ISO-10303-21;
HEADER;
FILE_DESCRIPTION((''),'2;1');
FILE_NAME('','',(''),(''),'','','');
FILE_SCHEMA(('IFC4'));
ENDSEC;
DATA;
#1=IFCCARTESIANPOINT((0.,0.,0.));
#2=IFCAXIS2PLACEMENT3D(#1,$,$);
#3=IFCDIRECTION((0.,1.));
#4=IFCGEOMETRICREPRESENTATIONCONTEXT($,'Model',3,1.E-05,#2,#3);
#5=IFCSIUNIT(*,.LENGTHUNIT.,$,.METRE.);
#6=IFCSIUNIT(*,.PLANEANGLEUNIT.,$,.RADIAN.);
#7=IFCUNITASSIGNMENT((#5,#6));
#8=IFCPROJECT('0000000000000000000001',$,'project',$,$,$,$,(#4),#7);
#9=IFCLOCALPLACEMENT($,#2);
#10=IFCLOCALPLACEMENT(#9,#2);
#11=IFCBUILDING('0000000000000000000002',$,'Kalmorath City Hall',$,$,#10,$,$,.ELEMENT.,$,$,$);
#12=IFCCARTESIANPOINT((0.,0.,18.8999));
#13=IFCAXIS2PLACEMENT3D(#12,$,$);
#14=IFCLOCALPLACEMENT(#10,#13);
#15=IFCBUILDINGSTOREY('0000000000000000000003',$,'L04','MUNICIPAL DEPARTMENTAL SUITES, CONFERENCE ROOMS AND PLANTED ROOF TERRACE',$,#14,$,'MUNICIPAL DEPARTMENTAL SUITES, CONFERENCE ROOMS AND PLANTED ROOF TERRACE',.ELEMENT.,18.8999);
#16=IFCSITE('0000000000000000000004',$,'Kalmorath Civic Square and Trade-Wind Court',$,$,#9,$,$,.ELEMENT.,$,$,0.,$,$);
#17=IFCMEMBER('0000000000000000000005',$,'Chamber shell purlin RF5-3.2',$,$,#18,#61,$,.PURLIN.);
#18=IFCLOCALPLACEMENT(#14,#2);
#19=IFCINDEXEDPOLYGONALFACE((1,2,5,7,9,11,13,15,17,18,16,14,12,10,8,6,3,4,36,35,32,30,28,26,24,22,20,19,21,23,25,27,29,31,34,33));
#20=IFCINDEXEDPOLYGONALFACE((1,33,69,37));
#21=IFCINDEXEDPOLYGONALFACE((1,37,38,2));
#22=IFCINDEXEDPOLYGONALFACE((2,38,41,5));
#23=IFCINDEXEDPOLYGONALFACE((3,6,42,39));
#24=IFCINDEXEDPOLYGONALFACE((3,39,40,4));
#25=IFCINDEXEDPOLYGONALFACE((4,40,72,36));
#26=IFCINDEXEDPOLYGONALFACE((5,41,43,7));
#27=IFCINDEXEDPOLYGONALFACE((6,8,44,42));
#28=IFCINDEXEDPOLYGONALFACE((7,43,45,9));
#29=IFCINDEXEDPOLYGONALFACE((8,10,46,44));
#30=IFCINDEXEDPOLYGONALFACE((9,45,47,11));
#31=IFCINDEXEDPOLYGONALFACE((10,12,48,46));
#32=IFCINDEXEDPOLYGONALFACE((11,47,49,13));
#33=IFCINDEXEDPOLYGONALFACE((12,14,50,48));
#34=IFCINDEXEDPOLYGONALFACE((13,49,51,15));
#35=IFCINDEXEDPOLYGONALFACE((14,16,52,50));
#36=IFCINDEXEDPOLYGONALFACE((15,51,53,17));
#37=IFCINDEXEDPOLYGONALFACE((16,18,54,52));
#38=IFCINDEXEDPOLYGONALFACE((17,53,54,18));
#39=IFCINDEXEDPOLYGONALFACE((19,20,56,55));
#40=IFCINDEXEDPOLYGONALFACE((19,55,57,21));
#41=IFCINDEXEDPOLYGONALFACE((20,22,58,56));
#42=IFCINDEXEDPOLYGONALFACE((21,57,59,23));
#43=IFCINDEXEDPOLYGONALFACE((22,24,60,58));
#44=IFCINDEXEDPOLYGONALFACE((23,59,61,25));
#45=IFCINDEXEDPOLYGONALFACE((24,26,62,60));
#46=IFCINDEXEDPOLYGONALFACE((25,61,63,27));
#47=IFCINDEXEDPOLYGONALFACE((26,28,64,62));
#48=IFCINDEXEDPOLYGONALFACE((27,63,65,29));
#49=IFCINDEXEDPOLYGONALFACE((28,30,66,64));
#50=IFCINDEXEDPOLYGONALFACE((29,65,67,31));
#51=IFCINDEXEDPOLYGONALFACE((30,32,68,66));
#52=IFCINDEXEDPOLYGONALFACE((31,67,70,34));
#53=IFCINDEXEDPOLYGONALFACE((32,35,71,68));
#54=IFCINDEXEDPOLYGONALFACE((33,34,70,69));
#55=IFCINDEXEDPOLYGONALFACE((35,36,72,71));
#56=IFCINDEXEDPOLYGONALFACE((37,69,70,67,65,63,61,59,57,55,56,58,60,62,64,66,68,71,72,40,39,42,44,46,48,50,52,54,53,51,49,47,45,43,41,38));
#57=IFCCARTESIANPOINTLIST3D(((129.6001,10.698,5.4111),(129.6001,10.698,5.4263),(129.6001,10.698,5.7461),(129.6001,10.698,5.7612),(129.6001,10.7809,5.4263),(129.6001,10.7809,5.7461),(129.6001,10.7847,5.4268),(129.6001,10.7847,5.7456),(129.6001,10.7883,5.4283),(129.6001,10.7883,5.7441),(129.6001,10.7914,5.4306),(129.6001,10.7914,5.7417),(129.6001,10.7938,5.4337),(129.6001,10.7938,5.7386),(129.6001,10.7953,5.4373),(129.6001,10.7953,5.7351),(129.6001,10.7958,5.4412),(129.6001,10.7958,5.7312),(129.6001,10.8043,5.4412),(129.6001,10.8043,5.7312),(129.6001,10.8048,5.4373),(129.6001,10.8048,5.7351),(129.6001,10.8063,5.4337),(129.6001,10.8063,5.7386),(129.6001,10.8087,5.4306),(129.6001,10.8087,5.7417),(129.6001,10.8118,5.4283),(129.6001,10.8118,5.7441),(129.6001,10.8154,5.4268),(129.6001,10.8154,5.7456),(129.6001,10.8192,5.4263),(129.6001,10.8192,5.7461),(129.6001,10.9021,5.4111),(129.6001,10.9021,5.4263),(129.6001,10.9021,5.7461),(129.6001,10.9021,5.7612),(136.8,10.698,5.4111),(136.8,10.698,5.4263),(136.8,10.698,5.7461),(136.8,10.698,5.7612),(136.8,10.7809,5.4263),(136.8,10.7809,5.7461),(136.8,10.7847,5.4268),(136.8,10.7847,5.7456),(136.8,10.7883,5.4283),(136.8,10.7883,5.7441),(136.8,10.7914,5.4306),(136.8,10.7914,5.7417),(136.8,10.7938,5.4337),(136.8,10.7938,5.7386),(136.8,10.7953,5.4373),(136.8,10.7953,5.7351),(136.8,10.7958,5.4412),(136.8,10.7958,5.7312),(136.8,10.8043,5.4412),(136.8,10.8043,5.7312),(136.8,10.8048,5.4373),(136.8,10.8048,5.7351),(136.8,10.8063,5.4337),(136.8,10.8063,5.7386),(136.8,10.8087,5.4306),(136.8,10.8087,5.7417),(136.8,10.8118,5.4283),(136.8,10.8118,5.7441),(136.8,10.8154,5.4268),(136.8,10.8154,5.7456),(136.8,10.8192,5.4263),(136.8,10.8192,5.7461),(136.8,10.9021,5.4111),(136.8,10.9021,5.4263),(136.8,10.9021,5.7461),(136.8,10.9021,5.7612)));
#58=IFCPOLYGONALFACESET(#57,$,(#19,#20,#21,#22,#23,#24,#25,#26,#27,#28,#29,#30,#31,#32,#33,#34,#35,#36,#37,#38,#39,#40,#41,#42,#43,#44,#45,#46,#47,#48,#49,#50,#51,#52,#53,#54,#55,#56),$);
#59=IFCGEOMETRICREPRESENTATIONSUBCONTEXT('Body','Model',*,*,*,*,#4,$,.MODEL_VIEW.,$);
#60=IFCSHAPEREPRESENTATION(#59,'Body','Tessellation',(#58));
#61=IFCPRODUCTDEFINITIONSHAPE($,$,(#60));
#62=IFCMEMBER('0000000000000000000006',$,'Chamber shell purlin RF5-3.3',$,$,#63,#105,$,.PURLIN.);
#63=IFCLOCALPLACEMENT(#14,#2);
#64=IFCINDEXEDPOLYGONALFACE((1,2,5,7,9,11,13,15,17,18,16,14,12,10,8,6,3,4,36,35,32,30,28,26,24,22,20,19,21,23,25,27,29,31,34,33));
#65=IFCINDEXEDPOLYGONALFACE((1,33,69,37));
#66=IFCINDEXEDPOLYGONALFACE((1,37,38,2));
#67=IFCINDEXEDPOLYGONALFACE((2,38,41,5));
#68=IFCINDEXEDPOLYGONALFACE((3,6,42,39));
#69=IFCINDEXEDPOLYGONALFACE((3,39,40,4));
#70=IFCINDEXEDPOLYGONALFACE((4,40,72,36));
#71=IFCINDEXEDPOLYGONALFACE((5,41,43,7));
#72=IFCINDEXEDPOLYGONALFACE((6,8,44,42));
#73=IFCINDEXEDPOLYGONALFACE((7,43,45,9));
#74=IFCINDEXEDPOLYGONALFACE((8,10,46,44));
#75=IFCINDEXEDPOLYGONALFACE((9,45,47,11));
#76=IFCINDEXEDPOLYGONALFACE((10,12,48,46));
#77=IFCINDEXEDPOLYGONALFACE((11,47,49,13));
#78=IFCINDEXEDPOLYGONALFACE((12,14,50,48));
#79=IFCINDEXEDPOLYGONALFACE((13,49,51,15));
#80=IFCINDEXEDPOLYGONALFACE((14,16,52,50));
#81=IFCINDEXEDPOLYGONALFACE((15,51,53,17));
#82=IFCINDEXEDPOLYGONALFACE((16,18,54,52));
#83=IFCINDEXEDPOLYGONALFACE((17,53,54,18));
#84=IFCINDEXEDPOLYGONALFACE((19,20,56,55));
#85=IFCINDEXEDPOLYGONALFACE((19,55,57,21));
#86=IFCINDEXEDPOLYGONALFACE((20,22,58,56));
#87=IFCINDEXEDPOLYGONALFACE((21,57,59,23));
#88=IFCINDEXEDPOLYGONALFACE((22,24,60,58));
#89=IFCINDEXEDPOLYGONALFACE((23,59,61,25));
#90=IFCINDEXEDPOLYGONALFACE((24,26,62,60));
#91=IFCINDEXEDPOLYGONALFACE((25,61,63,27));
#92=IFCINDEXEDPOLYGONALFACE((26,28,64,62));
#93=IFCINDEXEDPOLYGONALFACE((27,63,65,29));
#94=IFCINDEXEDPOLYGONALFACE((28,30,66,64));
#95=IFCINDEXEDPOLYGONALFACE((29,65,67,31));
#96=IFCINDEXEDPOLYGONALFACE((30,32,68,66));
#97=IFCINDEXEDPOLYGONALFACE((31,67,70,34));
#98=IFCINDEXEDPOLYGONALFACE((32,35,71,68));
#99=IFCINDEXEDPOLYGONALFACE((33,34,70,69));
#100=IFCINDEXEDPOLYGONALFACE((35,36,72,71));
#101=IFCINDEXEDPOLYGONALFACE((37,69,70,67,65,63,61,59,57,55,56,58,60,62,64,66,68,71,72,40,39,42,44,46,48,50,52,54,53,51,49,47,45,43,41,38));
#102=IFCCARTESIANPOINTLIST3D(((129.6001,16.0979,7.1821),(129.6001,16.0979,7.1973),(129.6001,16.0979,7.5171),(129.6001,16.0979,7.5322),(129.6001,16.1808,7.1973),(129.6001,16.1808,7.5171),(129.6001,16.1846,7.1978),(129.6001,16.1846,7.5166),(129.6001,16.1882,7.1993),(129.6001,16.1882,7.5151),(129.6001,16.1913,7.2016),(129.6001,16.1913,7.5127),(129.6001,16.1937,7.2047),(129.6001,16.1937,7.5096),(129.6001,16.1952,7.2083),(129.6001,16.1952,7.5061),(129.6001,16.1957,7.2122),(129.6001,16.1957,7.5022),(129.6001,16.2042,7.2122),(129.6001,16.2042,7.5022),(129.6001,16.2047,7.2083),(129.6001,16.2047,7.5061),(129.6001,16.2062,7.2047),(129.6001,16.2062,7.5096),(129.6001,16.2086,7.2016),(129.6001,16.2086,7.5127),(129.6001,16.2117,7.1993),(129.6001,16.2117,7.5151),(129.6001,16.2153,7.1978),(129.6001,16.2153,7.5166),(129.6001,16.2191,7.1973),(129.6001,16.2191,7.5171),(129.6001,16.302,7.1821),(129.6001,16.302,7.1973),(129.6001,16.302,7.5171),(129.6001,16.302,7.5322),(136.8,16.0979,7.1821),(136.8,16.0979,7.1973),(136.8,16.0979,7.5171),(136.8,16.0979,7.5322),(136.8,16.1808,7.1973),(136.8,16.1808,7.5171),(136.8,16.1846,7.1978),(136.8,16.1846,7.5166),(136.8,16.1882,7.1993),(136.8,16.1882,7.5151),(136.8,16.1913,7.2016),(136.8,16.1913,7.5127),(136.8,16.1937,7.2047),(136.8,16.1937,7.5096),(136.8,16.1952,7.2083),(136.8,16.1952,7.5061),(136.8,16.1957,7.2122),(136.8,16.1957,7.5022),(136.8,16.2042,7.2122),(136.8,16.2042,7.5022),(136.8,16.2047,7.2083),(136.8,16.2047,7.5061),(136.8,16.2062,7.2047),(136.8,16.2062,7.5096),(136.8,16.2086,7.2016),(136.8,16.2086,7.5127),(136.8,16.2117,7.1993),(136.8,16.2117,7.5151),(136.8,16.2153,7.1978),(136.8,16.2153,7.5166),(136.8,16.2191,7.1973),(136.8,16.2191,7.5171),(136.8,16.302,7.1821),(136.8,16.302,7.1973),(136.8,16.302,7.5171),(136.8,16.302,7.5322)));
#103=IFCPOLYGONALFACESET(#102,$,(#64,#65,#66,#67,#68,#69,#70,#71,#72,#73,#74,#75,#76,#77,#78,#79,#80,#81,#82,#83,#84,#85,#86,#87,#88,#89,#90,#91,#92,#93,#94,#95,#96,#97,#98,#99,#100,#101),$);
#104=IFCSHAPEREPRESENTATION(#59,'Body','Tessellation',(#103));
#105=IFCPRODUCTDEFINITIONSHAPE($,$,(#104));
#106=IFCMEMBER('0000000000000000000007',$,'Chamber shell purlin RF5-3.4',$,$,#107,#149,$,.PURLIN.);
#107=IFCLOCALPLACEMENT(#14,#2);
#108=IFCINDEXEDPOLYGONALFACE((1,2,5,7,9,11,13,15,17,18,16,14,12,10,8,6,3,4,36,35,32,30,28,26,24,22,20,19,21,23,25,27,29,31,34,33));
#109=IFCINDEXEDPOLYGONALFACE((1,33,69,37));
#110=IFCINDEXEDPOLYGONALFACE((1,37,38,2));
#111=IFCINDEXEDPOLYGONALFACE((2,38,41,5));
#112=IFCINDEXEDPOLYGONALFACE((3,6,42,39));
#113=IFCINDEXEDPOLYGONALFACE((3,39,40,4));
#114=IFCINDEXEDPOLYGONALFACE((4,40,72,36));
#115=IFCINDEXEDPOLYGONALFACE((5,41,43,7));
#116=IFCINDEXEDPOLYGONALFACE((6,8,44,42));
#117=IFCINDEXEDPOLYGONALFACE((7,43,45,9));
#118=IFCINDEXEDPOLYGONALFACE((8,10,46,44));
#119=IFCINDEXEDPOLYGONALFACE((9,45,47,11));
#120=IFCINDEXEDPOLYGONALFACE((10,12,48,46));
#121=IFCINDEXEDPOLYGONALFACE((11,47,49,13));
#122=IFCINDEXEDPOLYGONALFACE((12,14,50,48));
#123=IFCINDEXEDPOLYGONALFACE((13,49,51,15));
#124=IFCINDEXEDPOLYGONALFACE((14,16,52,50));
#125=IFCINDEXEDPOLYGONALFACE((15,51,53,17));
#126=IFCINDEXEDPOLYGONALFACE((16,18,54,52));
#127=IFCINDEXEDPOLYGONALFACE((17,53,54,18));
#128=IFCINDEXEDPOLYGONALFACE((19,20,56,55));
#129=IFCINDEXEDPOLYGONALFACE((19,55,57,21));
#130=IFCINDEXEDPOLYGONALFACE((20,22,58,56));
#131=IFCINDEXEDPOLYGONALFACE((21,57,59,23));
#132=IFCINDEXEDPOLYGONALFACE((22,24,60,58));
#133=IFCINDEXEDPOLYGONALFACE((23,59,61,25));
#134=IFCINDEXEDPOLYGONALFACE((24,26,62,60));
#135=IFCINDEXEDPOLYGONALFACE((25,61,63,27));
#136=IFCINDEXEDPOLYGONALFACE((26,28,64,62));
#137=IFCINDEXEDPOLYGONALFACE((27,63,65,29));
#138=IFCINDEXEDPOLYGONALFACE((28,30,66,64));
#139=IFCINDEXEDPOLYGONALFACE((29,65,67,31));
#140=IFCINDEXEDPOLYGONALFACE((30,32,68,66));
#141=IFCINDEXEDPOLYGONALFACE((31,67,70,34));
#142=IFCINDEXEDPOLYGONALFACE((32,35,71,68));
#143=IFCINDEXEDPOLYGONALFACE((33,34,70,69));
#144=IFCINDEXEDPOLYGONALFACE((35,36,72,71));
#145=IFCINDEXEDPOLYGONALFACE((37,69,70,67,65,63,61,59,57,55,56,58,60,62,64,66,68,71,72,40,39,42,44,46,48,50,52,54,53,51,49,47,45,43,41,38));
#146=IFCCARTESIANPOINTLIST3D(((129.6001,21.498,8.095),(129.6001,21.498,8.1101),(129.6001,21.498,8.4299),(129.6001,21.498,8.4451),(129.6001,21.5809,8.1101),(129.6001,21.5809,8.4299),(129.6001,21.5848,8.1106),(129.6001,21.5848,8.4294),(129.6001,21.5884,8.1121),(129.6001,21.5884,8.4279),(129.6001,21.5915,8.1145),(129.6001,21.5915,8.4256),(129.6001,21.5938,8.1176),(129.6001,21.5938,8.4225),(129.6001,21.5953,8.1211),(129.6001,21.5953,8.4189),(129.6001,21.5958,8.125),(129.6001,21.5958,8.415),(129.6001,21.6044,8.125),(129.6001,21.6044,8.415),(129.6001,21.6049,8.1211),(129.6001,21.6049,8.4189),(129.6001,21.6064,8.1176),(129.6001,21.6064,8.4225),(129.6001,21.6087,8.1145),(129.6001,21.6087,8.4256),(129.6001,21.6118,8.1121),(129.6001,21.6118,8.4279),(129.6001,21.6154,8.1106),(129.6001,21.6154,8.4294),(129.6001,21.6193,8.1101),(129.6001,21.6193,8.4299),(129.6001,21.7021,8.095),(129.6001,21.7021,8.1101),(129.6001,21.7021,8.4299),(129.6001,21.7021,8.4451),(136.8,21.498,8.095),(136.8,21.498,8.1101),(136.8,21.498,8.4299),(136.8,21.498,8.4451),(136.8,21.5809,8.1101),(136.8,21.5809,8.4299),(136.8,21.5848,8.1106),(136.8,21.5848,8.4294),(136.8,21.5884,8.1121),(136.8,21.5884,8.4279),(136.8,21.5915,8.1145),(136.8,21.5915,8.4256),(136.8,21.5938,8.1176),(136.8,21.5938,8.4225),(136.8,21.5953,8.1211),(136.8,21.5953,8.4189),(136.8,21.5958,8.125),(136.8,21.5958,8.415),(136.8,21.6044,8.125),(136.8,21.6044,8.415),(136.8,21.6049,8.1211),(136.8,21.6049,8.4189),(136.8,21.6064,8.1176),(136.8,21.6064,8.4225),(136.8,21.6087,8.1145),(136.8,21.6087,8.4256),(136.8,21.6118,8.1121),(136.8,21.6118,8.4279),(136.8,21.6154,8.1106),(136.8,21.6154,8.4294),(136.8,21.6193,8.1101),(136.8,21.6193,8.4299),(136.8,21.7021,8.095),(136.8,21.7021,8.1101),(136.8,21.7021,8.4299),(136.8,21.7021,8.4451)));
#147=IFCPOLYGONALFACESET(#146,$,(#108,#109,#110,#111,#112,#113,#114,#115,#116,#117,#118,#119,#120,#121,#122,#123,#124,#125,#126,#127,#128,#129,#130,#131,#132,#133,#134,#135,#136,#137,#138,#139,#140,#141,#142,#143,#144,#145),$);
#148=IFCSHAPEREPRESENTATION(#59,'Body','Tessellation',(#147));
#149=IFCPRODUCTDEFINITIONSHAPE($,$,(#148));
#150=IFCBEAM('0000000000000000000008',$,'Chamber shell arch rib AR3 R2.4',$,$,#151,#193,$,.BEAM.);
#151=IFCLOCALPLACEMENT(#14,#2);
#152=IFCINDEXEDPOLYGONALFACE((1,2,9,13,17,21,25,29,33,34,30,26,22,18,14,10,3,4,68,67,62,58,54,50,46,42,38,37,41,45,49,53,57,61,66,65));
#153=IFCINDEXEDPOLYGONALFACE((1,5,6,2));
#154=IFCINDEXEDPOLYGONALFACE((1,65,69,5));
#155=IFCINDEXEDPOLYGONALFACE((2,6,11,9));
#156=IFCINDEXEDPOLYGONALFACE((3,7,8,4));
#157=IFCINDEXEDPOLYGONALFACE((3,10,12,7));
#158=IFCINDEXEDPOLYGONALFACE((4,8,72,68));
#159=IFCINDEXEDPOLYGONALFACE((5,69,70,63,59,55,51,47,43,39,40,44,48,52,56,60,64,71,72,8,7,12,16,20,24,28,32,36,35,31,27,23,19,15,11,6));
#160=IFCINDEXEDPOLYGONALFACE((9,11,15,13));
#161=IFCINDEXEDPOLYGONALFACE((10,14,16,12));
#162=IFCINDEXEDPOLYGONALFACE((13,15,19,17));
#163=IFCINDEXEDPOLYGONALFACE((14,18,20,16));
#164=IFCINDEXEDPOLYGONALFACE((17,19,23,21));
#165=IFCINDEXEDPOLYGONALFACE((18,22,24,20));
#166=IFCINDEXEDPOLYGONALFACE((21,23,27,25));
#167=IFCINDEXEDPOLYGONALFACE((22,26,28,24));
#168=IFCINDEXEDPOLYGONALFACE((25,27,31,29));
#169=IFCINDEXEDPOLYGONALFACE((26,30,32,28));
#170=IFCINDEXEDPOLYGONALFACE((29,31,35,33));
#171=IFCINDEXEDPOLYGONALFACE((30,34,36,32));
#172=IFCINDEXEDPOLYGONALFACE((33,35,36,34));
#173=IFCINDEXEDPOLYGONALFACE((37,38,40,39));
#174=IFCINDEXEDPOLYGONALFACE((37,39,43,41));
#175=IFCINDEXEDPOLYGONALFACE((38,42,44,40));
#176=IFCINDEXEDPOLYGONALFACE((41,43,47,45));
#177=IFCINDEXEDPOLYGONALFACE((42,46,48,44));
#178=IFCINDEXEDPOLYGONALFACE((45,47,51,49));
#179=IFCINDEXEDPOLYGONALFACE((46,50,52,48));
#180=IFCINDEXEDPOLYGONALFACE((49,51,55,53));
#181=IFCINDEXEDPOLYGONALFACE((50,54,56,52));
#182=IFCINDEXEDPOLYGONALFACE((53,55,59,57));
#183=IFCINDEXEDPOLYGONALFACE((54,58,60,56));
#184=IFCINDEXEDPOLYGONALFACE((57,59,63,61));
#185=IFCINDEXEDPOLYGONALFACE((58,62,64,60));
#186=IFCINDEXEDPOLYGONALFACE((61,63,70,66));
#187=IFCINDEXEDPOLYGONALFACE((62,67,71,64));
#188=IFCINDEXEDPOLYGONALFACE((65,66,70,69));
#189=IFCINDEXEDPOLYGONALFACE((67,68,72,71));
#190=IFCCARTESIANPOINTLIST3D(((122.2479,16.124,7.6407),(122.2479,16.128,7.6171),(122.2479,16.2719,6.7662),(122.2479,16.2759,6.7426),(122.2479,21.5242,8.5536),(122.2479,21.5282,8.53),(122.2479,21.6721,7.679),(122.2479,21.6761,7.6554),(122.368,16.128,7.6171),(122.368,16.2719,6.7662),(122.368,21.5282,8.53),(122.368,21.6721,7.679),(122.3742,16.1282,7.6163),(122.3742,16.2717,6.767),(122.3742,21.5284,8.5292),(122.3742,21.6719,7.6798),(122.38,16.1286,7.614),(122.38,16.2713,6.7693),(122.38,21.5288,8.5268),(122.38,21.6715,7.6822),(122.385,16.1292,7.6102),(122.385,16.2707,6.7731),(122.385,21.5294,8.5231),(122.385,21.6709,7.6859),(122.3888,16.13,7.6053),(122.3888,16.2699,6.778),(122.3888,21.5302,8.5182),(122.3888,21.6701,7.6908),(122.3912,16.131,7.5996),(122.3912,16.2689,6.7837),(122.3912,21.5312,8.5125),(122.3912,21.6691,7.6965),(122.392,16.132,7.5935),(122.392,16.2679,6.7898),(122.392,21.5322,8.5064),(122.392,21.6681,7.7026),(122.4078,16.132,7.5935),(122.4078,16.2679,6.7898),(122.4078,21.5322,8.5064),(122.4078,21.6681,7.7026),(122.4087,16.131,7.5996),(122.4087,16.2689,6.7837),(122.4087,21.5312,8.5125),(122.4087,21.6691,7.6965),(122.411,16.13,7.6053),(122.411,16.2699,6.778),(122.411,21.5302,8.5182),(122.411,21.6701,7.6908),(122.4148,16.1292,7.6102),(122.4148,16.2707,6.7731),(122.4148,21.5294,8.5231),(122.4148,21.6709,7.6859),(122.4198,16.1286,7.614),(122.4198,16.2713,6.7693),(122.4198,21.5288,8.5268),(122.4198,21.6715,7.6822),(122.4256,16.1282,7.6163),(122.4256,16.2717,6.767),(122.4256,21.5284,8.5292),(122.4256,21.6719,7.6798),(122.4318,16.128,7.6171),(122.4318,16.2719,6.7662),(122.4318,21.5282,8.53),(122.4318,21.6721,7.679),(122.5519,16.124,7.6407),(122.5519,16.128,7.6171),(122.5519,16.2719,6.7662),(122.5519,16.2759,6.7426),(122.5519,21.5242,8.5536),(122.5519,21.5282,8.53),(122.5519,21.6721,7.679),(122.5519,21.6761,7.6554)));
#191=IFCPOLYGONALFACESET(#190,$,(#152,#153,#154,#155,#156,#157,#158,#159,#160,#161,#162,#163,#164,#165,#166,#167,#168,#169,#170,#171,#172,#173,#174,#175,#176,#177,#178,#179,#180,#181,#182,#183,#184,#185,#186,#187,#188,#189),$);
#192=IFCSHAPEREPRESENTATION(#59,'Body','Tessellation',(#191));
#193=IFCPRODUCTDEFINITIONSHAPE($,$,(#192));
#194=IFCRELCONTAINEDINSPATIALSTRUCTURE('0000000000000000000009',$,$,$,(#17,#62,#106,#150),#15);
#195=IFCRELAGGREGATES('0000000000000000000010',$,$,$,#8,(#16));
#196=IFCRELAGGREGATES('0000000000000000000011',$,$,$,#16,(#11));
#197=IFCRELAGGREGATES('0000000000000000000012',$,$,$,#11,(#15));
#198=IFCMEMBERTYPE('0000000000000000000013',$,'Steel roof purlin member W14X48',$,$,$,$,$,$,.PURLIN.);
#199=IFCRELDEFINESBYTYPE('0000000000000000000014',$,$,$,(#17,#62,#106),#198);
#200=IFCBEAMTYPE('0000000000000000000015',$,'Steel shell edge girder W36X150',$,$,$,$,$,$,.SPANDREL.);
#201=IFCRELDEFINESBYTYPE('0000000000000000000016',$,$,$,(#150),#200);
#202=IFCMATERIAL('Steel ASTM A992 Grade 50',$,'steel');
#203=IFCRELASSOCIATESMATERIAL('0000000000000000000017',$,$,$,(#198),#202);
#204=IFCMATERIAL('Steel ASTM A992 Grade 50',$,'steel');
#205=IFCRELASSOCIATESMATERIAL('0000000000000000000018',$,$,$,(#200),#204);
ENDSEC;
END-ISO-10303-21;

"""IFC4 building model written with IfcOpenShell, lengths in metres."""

from ifc_helpers import new_model, si_unit, direction, frame, origin, origin_2d, place, context, subcontext, project, spatial, i_section, extrude, material, material_profile, profile_set, type_object, element, save


model = new_model("IFC4")

# Units and contexts
model_context = context("Model", 3, precision=1e-05, world=origin(), true_north=direction((0.0, 1.0)))
body_context = subcontext(model_context, "Body", "Model", "MODEL_VIEW")
ifc_project = project(units=[si_unit("LENGTHUNIT", "METRE"), si_unit("PLANEANGLEUNIT", "RADIAN")], contexts=[model_context])

# Site, building, storey
site_placement = place(None, origin())
site = spatial("IfcSite", under=ifc_project, at=site_placement, Name="Kalmorath Civic Square and Trade-Wind Court", CompositionType="ELEMENT", RefElevation=0.0)
building_placement = place(site_placement, origin())
building = spatial("IfcBuilding", under=site, at=building_placement, Name="Kalmorath City Hall", CompositionType="ELEMENT")
storey_placement = place(building_placement, frame((0.0, 0.0, 18.8999)))
storey = spatial("IfcBuildingStorey", under=building, at=storey_placement, Name="L04", Description="MUNICIPAL DEPARTMENTAL SUITES, CONFERENCE ROOMS AND PLANTED ROOF TERRACE", LongName="MUNICIPAL DEPARTMENTAL SUITES, CONFERENCE ROOMS AND PLANTED ROOF TERRACE", CompositionType="ELEMENT", Elevation=18.8999)

# Members
ifc_material_1 = material(Name="Steel ASTM A992 Grade 50", Category="steel")
ifc_material_profile_1 = material_profile(ifc_material_1, i_section(OverallWidth=0.2041, OverallDepth=0.3501, WebThickness=0.0085, FlangeThickness=0.0151, FilletRadius=0.0149, at=origin_2d()), Name="W14X48")
ifc_profile_set_1 = profile_set([ifc_material_profile_1], Name="Steel ASTM A992 Grade 50")
member_type_1 = type_object("IfcMemberType", Name="Steel roof purlin member W14X48", PredefinedType="PURLIN", material=ifc_profile_set_1)
for number, where, z_axis, x_axis, name in (
    (1, (129.6001, 10.8, 5.5862), (1.0, 0.0, 0.0), (0.0, 1.0, 0.0), "Chamber shell purlin RF5-3.2"),
    (2, (129.6001, 16.2, 7.3572), (1.0, 0.0, 0.0), (0.0, 1.0, 0.0), "Chamber shell purlin RF5-3.3"),
    (3, (129.6001, 21.6001, 8.27), (1.0, 0.0, 0.0), (0.0, 1.0, 0.0), "Chamber shell purlin RF5-3.4"),
):
    element("IfcMember", number, at=place(storey_placement, frame(where, z_axis=z_axis, x_axis=x_axis)), inside=storey, type_object=member_type_1, Name=name, PredefinedType="PURLIN", context=body_context, shape_type="SweptSolid", body=[
        extrude(i_section(OverallWidth=0.2041, OverallDepth=0.3501, WebThickness=0.0085, FlangeThickness=0.0151, FilletRadius=0.0149, at=origin_2d()), origin(), (0.0, 0.0, 1.0), 7.2),
    ])

# Beam
ifc_material_2 = material(Name="Steel ASTM A992 Grade 50", Category="steel")
ifc_material_profile_2 = material_profile(ifc_material_2, i_section(OverallWidth=0.304, OverallDepth=0.9109, WebThickness=0.0159, FlangeThickness=0.0239, FilletRadius=0.0239, at=origin_2d()), Name="W36X150")
ifc_profile_set_2 = profile_set([ifc_material_profile_2], Name="Steel ASTM A992 Grade 50")
beam_type_1 = type_object("IfcBeamType", Name="Steel shell edge girder W36X150", PredefinedType="SPANDREL", material=ifc_profile_set_2)
beam_1_placement = place(storey_placement, frame((122.3999, 16.2, 7.1917), z_axis=(0.0, 0.986012, 0.166676), x_axis=(-1.0, 0.0, 0.0)))
element("IfcBeam", 4, at=beam_1_placement, inside=storey, type_object=beam_type_1, Name="Chamber shell arch rib AR3 R2.4", PredefinedType="BEAM", context=body_context, shape_type="SweptSolid", body=[
    extrude(i_section(OverallWidth=0.304, OverallDepth=0.9109, WebThickness=0.0159, FlangeThickness=0.0239, FilletRadius=0.0239, at=origin_2d()), origin(), (0.0, 0.0, 1.0), 5.4768),
])

save(model, "model.ifc")
